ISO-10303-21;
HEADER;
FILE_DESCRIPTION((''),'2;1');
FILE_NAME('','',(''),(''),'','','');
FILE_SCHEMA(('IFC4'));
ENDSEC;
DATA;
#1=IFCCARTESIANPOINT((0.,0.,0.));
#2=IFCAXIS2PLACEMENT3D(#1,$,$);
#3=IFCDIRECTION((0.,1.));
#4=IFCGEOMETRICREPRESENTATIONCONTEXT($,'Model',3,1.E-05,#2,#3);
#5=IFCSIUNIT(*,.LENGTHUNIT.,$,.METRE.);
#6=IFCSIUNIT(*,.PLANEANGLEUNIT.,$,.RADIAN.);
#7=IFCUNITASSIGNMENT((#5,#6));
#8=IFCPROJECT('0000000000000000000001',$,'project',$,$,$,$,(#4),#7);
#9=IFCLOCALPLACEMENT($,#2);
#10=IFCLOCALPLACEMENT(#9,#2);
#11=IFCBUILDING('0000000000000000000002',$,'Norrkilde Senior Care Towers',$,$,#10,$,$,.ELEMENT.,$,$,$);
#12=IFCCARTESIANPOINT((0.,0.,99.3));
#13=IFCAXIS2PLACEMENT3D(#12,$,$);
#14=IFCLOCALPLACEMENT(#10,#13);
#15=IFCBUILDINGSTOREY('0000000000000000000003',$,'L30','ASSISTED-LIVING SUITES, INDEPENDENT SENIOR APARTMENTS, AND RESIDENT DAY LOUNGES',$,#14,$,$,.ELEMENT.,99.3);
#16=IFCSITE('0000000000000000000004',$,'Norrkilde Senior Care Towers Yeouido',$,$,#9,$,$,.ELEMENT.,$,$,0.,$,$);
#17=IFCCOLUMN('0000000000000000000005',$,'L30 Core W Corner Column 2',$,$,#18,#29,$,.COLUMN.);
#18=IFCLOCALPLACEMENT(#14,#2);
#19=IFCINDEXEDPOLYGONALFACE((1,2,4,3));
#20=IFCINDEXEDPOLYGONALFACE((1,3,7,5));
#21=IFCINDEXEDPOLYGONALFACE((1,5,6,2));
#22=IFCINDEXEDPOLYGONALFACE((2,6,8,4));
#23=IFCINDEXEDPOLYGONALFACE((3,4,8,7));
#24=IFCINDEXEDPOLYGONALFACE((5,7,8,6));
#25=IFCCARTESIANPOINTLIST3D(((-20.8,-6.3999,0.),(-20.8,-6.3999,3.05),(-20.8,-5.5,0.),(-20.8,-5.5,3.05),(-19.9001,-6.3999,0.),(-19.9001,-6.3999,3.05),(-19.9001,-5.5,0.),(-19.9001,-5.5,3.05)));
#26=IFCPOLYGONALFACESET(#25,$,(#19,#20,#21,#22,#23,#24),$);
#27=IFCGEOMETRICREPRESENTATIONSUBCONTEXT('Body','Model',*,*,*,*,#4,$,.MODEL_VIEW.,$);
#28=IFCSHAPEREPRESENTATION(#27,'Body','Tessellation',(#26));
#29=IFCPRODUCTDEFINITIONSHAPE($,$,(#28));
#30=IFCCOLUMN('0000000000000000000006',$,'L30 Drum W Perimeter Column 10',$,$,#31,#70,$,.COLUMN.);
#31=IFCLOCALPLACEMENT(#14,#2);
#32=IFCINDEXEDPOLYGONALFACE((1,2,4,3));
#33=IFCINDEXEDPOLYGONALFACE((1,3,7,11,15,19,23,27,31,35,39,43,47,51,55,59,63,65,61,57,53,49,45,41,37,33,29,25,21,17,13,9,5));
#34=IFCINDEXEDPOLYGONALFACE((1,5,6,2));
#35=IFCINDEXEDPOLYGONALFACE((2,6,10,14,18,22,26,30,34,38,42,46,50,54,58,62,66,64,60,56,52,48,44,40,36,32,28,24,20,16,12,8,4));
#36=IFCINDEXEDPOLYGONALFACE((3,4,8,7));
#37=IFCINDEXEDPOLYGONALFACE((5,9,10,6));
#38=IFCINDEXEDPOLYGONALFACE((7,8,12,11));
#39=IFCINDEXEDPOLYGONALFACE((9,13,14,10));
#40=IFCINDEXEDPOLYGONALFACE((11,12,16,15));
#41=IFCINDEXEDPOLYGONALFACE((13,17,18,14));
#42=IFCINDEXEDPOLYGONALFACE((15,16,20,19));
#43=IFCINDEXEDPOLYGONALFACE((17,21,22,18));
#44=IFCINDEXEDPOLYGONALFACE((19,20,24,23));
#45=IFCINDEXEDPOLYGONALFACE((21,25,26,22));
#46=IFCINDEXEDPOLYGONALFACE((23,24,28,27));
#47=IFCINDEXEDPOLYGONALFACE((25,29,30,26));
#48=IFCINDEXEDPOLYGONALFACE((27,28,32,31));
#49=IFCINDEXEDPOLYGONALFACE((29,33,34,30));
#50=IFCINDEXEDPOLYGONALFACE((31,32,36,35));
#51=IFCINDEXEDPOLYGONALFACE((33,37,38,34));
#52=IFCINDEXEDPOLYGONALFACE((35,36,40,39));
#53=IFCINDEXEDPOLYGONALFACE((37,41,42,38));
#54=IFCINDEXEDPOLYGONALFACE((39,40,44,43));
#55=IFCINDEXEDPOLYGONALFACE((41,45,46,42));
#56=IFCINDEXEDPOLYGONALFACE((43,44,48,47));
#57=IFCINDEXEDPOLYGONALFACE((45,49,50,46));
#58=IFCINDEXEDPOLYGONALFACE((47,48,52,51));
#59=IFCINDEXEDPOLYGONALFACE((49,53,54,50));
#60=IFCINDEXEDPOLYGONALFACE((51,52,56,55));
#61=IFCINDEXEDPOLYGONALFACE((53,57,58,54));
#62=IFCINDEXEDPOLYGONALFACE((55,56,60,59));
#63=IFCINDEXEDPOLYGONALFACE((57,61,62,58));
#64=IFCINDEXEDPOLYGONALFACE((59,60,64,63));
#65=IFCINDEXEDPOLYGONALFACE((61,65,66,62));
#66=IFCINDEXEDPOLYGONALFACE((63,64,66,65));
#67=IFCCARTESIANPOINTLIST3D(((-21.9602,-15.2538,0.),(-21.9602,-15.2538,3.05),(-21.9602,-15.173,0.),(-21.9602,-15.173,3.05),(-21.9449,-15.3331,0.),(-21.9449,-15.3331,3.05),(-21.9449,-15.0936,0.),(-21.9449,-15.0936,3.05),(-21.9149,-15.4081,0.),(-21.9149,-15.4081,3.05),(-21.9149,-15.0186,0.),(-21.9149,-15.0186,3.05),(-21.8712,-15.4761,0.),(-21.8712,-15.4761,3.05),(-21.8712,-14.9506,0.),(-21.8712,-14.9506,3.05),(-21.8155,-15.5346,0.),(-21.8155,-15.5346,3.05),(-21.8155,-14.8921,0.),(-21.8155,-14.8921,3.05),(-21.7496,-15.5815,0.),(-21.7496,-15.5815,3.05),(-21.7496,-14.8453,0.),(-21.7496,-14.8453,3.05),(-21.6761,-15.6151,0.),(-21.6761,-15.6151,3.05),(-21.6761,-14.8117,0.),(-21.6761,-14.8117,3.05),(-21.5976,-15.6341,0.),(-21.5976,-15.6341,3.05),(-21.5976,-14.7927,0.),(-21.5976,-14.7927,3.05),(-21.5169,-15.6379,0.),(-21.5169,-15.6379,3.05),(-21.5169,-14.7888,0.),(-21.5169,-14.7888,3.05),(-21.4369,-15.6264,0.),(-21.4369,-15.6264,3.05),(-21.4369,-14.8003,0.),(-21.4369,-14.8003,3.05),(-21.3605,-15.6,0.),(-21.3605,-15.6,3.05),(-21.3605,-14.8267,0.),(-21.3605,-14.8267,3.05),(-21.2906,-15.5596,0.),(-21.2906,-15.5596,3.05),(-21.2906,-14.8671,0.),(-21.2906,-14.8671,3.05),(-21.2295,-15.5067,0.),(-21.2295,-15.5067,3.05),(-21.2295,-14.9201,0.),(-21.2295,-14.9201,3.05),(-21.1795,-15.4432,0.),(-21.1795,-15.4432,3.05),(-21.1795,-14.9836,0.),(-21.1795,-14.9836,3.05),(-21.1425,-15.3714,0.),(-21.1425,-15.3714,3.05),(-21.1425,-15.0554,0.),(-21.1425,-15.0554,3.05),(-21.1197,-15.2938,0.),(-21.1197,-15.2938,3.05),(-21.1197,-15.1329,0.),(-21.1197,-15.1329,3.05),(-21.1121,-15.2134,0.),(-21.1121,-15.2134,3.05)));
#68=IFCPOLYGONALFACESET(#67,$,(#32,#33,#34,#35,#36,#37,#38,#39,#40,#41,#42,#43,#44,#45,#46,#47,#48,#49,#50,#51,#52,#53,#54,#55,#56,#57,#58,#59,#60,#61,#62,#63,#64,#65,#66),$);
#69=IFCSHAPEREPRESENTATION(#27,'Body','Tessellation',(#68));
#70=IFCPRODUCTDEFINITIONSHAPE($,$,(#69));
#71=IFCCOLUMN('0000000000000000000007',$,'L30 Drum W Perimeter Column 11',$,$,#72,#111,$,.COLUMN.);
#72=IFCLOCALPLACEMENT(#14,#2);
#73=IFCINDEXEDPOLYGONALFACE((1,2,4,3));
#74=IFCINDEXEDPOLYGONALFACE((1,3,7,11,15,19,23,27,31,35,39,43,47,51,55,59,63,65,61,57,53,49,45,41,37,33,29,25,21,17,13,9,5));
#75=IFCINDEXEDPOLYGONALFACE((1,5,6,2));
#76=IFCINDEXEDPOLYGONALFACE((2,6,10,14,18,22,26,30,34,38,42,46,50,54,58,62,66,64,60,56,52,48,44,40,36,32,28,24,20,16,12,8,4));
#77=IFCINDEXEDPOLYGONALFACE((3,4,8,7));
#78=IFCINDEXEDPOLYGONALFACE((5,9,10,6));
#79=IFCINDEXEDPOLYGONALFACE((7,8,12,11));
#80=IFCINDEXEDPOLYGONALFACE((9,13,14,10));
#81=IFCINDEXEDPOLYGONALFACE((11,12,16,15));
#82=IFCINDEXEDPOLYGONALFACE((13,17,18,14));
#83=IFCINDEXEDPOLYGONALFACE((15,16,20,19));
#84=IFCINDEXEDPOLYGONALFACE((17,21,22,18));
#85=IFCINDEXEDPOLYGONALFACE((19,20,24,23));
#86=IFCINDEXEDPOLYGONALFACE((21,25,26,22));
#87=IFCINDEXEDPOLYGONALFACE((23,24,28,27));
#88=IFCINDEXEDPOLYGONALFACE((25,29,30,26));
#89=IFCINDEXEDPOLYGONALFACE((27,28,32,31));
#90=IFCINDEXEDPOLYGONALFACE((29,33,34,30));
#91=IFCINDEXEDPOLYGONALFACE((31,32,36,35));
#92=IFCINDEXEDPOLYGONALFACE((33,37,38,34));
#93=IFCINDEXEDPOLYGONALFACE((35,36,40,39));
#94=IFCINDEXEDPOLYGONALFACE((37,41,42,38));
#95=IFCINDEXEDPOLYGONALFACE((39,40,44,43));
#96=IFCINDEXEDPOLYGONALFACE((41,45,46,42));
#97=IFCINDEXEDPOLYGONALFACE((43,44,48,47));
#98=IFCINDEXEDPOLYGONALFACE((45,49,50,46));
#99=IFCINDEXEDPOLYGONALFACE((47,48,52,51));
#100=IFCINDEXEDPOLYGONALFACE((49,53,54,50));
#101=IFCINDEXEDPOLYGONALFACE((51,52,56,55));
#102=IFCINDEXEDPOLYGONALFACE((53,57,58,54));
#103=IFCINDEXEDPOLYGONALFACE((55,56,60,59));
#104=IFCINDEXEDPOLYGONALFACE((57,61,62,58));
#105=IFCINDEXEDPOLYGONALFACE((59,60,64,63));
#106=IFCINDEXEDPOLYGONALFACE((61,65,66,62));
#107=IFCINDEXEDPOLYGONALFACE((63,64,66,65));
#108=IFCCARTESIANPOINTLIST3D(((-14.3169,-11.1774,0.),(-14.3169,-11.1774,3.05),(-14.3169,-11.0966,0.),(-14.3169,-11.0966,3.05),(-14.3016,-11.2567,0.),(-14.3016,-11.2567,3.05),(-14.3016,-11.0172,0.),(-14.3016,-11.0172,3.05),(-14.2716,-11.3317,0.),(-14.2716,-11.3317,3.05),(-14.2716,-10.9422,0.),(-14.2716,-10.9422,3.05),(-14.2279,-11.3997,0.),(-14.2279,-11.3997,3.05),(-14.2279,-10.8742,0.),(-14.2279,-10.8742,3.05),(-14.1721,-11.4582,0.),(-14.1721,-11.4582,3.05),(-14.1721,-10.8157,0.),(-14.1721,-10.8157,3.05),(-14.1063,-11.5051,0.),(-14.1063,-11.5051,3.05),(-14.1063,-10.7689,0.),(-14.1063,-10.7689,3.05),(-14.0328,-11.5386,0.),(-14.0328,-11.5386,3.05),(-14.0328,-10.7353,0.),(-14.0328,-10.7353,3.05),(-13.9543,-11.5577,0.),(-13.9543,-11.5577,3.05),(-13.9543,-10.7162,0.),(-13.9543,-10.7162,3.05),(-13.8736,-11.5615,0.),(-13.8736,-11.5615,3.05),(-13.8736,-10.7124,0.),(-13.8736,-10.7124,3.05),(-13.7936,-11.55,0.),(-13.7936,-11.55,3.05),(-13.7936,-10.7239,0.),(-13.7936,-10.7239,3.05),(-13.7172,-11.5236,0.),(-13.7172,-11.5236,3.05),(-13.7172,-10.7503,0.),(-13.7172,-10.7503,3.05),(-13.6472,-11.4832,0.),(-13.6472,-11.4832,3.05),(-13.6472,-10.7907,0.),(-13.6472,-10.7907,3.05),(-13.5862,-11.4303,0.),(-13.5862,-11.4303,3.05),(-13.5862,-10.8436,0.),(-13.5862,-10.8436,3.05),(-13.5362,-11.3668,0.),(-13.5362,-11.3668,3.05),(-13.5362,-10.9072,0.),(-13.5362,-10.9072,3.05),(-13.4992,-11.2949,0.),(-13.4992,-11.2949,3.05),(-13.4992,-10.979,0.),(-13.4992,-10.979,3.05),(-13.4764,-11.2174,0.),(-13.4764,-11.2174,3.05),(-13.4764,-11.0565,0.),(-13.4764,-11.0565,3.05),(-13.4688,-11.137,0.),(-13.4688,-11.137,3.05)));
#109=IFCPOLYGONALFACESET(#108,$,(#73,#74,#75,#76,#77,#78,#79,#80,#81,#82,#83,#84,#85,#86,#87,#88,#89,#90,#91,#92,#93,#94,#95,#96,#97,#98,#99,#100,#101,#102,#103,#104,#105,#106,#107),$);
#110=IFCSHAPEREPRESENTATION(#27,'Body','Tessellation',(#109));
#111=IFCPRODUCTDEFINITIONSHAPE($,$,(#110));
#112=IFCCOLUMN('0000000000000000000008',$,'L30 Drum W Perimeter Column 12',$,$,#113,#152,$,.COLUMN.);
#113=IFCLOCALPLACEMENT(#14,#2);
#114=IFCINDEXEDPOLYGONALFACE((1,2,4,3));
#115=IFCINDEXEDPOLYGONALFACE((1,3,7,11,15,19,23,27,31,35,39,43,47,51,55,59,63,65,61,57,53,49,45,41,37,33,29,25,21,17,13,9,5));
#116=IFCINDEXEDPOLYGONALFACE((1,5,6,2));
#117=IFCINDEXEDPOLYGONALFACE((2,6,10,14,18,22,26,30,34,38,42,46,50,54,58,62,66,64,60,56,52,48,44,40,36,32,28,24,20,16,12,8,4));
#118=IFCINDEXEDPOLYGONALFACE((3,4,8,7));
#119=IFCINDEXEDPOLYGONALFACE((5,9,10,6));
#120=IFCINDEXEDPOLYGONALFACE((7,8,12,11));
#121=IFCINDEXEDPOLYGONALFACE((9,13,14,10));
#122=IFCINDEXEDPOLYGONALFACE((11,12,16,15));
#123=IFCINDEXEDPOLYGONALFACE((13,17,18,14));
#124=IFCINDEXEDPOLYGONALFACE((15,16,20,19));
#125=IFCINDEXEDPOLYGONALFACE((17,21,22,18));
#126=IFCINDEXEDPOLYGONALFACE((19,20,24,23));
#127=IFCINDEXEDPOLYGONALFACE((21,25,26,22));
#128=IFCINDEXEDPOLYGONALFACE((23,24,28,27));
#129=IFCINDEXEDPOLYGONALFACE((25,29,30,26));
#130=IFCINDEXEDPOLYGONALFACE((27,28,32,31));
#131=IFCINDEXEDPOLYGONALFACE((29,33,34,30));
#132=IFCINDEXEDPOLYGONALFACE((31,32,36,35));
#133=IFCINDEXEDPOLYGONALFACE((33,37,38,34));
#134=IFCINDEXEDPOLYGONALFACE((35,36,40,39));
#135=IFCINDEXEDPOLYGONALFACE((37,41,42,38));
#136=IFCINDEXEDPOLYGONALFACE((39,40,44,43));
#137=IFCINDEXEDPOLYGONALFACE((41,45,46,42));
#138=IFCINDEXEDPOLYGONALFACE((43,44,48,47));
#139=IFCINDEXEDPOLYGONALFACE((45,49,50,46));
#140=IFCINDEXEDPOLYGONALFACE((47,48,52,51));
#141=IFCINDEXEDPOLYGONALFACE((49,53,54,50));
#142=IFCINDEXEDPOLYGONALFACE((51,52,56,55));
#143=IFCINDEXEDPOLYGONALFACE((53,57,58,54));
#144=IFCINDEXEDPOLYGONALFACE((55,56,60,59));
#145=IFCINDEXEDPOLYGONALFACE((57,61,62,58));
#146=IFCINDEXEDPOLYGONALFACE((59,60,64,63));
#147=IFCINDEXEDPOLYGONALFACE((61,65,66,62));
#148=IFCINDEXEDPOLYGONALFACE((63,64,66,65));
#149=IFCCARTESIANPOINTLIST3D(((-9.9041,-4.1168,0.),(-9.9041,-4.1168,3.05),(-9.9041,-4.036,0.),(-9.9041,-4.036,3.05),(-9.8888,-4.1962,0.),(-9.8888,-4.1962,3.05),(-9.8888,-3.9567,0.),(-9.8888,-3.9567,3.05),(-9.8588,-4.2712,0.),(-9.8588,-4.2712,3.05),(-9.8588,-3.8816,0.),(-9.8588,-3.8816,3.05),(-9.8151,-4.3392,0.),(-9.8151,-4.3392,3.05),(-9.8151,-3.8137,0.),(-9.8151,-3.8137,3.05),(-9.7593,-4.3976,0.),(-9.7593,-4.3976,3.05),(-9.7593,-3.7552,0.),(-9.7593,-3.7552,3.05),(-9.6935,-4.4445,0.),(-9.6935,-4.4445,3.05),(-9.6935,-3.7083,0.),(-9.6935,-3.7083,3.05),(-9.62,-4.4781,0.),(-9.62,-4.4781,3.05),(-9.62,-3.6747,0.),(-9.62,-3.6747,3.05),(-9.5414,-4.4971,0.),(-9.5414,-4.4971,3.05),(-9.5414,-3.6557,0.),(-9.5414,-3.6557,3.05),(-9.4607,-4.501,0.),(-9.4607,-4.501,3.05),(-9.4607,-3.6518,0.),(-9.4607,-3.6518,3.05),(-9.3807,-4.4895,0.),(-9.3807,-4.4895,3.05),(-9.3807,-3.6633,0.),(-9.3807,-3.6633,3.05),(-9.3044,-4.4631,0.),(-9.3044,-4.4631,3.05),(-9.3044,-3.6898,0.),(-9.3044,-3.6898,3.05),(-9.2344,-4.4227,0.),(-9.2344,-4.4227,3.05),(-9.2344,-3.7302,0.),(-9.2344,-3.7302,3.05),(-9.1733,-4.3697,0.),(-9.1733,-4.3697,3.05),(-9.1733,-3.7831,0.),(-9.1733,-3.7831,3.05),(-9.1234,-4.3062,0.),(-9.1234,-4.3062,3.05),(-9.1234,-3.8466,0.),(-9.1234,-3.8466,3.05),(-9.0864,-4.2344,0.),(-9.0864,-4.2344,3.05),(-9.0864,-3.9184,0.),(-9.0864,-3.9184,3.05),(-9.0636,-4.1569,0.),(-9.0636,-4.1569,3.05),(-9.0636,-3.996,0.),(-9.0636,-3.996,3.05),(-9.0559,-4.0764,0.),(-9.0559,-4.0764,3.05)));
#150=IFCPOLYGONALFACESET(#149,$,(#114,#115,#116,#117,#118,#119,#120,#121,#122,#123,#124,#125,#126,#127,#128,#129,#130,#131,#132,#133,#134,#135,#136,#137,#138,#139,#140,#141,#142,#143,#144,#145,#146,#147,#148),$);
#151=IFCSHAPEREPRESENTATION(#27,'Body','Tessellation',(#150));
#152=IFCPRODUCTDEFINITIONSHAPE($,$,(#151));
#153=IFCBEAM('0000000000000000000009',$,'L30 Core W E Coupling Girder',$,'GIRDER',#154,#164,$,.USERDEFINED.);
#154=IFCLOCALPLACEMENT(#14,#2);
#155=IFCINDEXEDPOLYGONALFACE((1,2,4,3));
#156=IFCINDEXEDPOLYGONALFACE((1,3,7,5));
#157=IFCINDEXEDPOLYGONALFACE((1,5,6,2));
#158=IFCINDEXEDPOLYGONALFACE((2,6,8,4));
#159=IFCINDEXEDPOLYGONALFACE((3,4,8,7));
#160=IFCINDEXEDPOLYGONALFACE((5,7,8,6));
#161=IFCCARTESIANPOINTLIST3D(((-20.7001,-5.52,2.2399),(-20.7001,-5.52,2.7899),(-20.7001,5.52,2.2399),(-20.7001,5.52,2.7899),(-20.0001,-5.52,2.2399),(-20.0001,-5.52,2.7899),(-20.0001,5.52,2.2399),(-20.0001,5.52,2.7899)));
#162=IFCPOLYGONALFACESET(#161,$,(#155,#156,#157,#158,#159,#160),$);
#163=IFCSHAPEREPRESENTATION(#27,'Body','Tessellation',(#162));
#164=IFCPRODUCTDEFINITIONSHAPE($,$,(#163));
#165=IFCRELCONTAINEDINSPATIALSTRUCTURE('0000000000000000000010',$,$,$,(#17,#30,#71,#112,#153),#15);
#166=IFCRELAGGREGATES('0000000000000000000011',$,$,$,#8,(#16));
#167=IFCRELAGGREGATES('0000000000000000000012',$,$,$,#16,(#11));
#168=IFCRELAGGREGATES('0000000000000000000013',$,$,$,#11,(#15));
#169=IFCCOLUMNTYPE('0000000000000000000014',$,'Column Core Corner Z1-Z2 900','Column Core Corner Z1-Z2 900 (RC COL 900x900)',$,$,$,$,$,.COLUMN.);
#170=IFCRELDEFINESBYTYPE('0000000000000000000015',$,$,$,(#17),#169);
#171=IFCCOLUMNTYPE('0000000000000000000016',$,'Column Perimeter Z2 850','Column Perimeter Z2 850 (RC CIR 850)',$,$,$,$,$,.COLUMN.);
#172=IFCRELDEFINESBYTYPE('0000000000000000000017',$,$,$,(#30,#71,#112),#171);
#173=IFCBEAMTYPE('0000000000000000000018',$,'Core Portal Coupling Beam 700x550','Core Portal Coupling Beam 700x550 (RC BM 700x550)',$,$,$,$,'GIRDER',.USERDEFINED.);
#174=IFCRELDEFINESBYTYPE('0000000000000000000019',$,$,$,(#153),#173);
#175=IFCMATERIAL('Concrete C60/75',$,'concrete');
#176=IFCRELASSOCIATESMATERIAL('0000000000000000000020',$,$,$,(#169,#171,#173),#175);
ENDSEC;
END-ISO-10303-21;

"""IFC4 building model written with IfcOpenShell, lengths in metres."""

from ifc_helpers import new_model, si_unit, direction, frame, origin, origin_2d, place, context, subcontext, project, spatial, rectangle, circle, extrude, source, transform, mapped, material, material_profile, profile_set, type_object, type_shapes, element, save


model = new_model("IFC4")

# Units and contexts
model_context = context("Model", 3, precision=1e-05, world=origin(), true_north=direction((0.0, 1.0)))
body_context = subcontext(model_context, "Body", "Model", "MODEL_VIEW")
ifc_project = project(units=[si_unit("LENGTHUNIT", "METRE"), si_unit("PLANEANGLEUNIT", "RADIAN")], contexts=[model_context])

# Site, building, storey
site_placement = place(None, origin())
site = spatial("IfcSite", under=ifc_project, at=site_placement, Name="Norrkilde Senior Care Towers Yeouido", CompositionType="ELEMENT", RefElevation=0.0)
building_placement = place(site_placement, origin())
building = spatial("IfcBuilding", under=site, at=building_placement, Name="Norrkilde Senior Care Towers", CompositionType="ELEMENT")
storey_placement = place(building_placement, frame((0.0, 0.0, 99.3)))
storey = spatial("IfcBuildingStorey", under=building, at=storey_placement, Name="L30", Description="ASSISTED-LIVING SUITES, INDEPENDENT SENIOR APARTMENTS, AND RESIDENT DAY LOUNGES", CompositionType="ELEMENT", Elevation=99.3)

# Columns
ifc_material_1 = material(Name="Concrete C60/75", Category="concrete")
ifc_material_profile_1 = material_profile(ifc_material_1, rectangle(XDim=0.8999, YDim=0.8999, at=origin_2d()), Name="RC COL 900x900")
ifc_profile_set_1 = profile_set([ifc_material_profile_1], Name="Concrete C60/75")
column_type_1 = type_object("IfcColumnType", Name="Column Core Corner Z1-Z2 900", Description="Column Core Corner Z1-Z2 900 (RC COL 900x900)", PredefinedType="COLUMN", material=ifc_profile_set_1)
shared_shape_1 = source(origin(), body_context, "Body", "SweptSolid", [
    extrude(rectangle(XDim=0.8999, YDim=0.8999, at=origin_2d()), origin(), (0.0, 0.0, 1.0), 3.05),
])
type_shapes(column_type_1, [shared_shape_1])
column_placement = place(storey_placement, frame((-20.3501, -5.95, 0.0), z_axis=(0.0, 0.0, 1.0), x_axis=(1.0, 0.0, 0.0)))
element("IfcColumn", 1, at=column_placement, inside=storey, type_object=column_type_1, Name="L30 Core W Corner Column 2", PredefinedType="COLUMN", context=body_context, shape_type="MappedRepresentation", body=[
    mapped(shared_shape_1, transform((0.0, 0.0, 0.0), x_axis=(1.0, 0.0, 0.0), y_axis=(0.0, 1.0, 0.0), z_axis=(0.0, 0.0, 1.0), scale=1.0)),
])
ifc_material_profile_2 = material_profile(ifc_material_1, circle(Radius=0.425, at=origin_2d()), Name="RC CIR 850")
ifc_profile_set_2 = profile_set([ifc_material_profile_2], Name="Concrete C60/75")
column_type_2 = type_object("IfcColumnType", Name="Column Perimeter Z2 850", Description="Column Perimeter Z2 850 (RC CIR 850)", PredefinedType="COLUMN", material=ifc_profile_set_2)
shared_shape_2 = source(origin(), body_context, "Body", "SweptSolid", [
    extrude(circle(Radius=0.425, at=origin_2d()), origin(), (0.0, 0.0, 1.0), 3.05),
])
type_shapes(column_type_2, [shared_shape_2])
for number, where, z_axis, x_axis, name in (
    (2, (-21.5371, -15.2134, 0.0), (0.0, 0.0, 1.0), (1.0, 0.0, 0.0), "L30 Drum W Perimeter Column 10"),
    (3, (-13.8938, -11.137, 0.0), (0.0, 0.0, 1.0), (1.0, 0.0, 0.0), "L30 Drum W Perimeter Column 11"),
    (4, (-9.481, -4.0764, 0.0), (0.0, 0.0, 1.0), (1.0, 0.0, 0.0), "L30 Drum W Perimeter Column 12"),
):
    element("IfcColumn", number, at=place(storey_placement, frame(where, z_axis=z_axis, x_axis=x_axis)), inside=storey, type_object=column_type_2, Name=name, PredefinedType="COLUMN", context=body_context, shape_type="MappedRepresentation", body=[
        mapped(shared_shape_2, transform((0.0, 0.0, 0.0), x_axis=(1.0, 0.0, 0.0), y_axis=(0.0, 1.0, 0.0), z_axis=(0.0, 0.0, 1.0), scale=1.0)),
    ])

# Beam
ifc_material_profile_3 = material_profile(ifc_material_1, rectangle(XDim=0.7, YDim=0.55, at=origin_2d()), Name="RC BM 700x550")
ifc_profile_set_3 = profile_set([ifc_material_profile_3], Name="Concrete C60/75")
beam_type_1 = type_object("IfcBeamType", Name="Core Portal Coupling Beam 700x550", Description="Core Portal Coupling Beam 700x550 (RC BM 700x550)", ElementType="GIRDER", PredefinedType="USERDEFINED", material=ifc_profile_set_3)
shared_shape_3 = source(origin(), body_context, "Body", "SweptSolid", [
    extrude(rectangle(XDim=0.7, YDim=0.55, at=origin_2d()), origin(), (0.0, 0.0, 1.0), 11.04),
])
type_shapes(beam_type_1, [shared_shape_3])
beam_1_placement = place(storey_placement, frame((-20.3501, -5.52, 2.5149), z_axis=(0.0, 1.0, 0.0), x_axis=(-1.0, 0.0, 0.0)))
element("IfcBeam", 5, at=beam_1_placement, inside=storey, type_object=beam_type_1, Name="L30 Core W E Coupling Girder", ObjectType="GIRDER", PredefinedType="USERDEFINED", context=body_context, shape_type="MappedRepresentation", body=[
    mapped(shared_shape_3, transform((0.0, 0.0, 0.0), x_axis=(1.0, 0.0, 0.0), y_axis=(0.0, 1.0, 0.0), z_axis=(0.0, 0.0, 1.0), scale=1.0)),
])

save(model, "model.ifc")
